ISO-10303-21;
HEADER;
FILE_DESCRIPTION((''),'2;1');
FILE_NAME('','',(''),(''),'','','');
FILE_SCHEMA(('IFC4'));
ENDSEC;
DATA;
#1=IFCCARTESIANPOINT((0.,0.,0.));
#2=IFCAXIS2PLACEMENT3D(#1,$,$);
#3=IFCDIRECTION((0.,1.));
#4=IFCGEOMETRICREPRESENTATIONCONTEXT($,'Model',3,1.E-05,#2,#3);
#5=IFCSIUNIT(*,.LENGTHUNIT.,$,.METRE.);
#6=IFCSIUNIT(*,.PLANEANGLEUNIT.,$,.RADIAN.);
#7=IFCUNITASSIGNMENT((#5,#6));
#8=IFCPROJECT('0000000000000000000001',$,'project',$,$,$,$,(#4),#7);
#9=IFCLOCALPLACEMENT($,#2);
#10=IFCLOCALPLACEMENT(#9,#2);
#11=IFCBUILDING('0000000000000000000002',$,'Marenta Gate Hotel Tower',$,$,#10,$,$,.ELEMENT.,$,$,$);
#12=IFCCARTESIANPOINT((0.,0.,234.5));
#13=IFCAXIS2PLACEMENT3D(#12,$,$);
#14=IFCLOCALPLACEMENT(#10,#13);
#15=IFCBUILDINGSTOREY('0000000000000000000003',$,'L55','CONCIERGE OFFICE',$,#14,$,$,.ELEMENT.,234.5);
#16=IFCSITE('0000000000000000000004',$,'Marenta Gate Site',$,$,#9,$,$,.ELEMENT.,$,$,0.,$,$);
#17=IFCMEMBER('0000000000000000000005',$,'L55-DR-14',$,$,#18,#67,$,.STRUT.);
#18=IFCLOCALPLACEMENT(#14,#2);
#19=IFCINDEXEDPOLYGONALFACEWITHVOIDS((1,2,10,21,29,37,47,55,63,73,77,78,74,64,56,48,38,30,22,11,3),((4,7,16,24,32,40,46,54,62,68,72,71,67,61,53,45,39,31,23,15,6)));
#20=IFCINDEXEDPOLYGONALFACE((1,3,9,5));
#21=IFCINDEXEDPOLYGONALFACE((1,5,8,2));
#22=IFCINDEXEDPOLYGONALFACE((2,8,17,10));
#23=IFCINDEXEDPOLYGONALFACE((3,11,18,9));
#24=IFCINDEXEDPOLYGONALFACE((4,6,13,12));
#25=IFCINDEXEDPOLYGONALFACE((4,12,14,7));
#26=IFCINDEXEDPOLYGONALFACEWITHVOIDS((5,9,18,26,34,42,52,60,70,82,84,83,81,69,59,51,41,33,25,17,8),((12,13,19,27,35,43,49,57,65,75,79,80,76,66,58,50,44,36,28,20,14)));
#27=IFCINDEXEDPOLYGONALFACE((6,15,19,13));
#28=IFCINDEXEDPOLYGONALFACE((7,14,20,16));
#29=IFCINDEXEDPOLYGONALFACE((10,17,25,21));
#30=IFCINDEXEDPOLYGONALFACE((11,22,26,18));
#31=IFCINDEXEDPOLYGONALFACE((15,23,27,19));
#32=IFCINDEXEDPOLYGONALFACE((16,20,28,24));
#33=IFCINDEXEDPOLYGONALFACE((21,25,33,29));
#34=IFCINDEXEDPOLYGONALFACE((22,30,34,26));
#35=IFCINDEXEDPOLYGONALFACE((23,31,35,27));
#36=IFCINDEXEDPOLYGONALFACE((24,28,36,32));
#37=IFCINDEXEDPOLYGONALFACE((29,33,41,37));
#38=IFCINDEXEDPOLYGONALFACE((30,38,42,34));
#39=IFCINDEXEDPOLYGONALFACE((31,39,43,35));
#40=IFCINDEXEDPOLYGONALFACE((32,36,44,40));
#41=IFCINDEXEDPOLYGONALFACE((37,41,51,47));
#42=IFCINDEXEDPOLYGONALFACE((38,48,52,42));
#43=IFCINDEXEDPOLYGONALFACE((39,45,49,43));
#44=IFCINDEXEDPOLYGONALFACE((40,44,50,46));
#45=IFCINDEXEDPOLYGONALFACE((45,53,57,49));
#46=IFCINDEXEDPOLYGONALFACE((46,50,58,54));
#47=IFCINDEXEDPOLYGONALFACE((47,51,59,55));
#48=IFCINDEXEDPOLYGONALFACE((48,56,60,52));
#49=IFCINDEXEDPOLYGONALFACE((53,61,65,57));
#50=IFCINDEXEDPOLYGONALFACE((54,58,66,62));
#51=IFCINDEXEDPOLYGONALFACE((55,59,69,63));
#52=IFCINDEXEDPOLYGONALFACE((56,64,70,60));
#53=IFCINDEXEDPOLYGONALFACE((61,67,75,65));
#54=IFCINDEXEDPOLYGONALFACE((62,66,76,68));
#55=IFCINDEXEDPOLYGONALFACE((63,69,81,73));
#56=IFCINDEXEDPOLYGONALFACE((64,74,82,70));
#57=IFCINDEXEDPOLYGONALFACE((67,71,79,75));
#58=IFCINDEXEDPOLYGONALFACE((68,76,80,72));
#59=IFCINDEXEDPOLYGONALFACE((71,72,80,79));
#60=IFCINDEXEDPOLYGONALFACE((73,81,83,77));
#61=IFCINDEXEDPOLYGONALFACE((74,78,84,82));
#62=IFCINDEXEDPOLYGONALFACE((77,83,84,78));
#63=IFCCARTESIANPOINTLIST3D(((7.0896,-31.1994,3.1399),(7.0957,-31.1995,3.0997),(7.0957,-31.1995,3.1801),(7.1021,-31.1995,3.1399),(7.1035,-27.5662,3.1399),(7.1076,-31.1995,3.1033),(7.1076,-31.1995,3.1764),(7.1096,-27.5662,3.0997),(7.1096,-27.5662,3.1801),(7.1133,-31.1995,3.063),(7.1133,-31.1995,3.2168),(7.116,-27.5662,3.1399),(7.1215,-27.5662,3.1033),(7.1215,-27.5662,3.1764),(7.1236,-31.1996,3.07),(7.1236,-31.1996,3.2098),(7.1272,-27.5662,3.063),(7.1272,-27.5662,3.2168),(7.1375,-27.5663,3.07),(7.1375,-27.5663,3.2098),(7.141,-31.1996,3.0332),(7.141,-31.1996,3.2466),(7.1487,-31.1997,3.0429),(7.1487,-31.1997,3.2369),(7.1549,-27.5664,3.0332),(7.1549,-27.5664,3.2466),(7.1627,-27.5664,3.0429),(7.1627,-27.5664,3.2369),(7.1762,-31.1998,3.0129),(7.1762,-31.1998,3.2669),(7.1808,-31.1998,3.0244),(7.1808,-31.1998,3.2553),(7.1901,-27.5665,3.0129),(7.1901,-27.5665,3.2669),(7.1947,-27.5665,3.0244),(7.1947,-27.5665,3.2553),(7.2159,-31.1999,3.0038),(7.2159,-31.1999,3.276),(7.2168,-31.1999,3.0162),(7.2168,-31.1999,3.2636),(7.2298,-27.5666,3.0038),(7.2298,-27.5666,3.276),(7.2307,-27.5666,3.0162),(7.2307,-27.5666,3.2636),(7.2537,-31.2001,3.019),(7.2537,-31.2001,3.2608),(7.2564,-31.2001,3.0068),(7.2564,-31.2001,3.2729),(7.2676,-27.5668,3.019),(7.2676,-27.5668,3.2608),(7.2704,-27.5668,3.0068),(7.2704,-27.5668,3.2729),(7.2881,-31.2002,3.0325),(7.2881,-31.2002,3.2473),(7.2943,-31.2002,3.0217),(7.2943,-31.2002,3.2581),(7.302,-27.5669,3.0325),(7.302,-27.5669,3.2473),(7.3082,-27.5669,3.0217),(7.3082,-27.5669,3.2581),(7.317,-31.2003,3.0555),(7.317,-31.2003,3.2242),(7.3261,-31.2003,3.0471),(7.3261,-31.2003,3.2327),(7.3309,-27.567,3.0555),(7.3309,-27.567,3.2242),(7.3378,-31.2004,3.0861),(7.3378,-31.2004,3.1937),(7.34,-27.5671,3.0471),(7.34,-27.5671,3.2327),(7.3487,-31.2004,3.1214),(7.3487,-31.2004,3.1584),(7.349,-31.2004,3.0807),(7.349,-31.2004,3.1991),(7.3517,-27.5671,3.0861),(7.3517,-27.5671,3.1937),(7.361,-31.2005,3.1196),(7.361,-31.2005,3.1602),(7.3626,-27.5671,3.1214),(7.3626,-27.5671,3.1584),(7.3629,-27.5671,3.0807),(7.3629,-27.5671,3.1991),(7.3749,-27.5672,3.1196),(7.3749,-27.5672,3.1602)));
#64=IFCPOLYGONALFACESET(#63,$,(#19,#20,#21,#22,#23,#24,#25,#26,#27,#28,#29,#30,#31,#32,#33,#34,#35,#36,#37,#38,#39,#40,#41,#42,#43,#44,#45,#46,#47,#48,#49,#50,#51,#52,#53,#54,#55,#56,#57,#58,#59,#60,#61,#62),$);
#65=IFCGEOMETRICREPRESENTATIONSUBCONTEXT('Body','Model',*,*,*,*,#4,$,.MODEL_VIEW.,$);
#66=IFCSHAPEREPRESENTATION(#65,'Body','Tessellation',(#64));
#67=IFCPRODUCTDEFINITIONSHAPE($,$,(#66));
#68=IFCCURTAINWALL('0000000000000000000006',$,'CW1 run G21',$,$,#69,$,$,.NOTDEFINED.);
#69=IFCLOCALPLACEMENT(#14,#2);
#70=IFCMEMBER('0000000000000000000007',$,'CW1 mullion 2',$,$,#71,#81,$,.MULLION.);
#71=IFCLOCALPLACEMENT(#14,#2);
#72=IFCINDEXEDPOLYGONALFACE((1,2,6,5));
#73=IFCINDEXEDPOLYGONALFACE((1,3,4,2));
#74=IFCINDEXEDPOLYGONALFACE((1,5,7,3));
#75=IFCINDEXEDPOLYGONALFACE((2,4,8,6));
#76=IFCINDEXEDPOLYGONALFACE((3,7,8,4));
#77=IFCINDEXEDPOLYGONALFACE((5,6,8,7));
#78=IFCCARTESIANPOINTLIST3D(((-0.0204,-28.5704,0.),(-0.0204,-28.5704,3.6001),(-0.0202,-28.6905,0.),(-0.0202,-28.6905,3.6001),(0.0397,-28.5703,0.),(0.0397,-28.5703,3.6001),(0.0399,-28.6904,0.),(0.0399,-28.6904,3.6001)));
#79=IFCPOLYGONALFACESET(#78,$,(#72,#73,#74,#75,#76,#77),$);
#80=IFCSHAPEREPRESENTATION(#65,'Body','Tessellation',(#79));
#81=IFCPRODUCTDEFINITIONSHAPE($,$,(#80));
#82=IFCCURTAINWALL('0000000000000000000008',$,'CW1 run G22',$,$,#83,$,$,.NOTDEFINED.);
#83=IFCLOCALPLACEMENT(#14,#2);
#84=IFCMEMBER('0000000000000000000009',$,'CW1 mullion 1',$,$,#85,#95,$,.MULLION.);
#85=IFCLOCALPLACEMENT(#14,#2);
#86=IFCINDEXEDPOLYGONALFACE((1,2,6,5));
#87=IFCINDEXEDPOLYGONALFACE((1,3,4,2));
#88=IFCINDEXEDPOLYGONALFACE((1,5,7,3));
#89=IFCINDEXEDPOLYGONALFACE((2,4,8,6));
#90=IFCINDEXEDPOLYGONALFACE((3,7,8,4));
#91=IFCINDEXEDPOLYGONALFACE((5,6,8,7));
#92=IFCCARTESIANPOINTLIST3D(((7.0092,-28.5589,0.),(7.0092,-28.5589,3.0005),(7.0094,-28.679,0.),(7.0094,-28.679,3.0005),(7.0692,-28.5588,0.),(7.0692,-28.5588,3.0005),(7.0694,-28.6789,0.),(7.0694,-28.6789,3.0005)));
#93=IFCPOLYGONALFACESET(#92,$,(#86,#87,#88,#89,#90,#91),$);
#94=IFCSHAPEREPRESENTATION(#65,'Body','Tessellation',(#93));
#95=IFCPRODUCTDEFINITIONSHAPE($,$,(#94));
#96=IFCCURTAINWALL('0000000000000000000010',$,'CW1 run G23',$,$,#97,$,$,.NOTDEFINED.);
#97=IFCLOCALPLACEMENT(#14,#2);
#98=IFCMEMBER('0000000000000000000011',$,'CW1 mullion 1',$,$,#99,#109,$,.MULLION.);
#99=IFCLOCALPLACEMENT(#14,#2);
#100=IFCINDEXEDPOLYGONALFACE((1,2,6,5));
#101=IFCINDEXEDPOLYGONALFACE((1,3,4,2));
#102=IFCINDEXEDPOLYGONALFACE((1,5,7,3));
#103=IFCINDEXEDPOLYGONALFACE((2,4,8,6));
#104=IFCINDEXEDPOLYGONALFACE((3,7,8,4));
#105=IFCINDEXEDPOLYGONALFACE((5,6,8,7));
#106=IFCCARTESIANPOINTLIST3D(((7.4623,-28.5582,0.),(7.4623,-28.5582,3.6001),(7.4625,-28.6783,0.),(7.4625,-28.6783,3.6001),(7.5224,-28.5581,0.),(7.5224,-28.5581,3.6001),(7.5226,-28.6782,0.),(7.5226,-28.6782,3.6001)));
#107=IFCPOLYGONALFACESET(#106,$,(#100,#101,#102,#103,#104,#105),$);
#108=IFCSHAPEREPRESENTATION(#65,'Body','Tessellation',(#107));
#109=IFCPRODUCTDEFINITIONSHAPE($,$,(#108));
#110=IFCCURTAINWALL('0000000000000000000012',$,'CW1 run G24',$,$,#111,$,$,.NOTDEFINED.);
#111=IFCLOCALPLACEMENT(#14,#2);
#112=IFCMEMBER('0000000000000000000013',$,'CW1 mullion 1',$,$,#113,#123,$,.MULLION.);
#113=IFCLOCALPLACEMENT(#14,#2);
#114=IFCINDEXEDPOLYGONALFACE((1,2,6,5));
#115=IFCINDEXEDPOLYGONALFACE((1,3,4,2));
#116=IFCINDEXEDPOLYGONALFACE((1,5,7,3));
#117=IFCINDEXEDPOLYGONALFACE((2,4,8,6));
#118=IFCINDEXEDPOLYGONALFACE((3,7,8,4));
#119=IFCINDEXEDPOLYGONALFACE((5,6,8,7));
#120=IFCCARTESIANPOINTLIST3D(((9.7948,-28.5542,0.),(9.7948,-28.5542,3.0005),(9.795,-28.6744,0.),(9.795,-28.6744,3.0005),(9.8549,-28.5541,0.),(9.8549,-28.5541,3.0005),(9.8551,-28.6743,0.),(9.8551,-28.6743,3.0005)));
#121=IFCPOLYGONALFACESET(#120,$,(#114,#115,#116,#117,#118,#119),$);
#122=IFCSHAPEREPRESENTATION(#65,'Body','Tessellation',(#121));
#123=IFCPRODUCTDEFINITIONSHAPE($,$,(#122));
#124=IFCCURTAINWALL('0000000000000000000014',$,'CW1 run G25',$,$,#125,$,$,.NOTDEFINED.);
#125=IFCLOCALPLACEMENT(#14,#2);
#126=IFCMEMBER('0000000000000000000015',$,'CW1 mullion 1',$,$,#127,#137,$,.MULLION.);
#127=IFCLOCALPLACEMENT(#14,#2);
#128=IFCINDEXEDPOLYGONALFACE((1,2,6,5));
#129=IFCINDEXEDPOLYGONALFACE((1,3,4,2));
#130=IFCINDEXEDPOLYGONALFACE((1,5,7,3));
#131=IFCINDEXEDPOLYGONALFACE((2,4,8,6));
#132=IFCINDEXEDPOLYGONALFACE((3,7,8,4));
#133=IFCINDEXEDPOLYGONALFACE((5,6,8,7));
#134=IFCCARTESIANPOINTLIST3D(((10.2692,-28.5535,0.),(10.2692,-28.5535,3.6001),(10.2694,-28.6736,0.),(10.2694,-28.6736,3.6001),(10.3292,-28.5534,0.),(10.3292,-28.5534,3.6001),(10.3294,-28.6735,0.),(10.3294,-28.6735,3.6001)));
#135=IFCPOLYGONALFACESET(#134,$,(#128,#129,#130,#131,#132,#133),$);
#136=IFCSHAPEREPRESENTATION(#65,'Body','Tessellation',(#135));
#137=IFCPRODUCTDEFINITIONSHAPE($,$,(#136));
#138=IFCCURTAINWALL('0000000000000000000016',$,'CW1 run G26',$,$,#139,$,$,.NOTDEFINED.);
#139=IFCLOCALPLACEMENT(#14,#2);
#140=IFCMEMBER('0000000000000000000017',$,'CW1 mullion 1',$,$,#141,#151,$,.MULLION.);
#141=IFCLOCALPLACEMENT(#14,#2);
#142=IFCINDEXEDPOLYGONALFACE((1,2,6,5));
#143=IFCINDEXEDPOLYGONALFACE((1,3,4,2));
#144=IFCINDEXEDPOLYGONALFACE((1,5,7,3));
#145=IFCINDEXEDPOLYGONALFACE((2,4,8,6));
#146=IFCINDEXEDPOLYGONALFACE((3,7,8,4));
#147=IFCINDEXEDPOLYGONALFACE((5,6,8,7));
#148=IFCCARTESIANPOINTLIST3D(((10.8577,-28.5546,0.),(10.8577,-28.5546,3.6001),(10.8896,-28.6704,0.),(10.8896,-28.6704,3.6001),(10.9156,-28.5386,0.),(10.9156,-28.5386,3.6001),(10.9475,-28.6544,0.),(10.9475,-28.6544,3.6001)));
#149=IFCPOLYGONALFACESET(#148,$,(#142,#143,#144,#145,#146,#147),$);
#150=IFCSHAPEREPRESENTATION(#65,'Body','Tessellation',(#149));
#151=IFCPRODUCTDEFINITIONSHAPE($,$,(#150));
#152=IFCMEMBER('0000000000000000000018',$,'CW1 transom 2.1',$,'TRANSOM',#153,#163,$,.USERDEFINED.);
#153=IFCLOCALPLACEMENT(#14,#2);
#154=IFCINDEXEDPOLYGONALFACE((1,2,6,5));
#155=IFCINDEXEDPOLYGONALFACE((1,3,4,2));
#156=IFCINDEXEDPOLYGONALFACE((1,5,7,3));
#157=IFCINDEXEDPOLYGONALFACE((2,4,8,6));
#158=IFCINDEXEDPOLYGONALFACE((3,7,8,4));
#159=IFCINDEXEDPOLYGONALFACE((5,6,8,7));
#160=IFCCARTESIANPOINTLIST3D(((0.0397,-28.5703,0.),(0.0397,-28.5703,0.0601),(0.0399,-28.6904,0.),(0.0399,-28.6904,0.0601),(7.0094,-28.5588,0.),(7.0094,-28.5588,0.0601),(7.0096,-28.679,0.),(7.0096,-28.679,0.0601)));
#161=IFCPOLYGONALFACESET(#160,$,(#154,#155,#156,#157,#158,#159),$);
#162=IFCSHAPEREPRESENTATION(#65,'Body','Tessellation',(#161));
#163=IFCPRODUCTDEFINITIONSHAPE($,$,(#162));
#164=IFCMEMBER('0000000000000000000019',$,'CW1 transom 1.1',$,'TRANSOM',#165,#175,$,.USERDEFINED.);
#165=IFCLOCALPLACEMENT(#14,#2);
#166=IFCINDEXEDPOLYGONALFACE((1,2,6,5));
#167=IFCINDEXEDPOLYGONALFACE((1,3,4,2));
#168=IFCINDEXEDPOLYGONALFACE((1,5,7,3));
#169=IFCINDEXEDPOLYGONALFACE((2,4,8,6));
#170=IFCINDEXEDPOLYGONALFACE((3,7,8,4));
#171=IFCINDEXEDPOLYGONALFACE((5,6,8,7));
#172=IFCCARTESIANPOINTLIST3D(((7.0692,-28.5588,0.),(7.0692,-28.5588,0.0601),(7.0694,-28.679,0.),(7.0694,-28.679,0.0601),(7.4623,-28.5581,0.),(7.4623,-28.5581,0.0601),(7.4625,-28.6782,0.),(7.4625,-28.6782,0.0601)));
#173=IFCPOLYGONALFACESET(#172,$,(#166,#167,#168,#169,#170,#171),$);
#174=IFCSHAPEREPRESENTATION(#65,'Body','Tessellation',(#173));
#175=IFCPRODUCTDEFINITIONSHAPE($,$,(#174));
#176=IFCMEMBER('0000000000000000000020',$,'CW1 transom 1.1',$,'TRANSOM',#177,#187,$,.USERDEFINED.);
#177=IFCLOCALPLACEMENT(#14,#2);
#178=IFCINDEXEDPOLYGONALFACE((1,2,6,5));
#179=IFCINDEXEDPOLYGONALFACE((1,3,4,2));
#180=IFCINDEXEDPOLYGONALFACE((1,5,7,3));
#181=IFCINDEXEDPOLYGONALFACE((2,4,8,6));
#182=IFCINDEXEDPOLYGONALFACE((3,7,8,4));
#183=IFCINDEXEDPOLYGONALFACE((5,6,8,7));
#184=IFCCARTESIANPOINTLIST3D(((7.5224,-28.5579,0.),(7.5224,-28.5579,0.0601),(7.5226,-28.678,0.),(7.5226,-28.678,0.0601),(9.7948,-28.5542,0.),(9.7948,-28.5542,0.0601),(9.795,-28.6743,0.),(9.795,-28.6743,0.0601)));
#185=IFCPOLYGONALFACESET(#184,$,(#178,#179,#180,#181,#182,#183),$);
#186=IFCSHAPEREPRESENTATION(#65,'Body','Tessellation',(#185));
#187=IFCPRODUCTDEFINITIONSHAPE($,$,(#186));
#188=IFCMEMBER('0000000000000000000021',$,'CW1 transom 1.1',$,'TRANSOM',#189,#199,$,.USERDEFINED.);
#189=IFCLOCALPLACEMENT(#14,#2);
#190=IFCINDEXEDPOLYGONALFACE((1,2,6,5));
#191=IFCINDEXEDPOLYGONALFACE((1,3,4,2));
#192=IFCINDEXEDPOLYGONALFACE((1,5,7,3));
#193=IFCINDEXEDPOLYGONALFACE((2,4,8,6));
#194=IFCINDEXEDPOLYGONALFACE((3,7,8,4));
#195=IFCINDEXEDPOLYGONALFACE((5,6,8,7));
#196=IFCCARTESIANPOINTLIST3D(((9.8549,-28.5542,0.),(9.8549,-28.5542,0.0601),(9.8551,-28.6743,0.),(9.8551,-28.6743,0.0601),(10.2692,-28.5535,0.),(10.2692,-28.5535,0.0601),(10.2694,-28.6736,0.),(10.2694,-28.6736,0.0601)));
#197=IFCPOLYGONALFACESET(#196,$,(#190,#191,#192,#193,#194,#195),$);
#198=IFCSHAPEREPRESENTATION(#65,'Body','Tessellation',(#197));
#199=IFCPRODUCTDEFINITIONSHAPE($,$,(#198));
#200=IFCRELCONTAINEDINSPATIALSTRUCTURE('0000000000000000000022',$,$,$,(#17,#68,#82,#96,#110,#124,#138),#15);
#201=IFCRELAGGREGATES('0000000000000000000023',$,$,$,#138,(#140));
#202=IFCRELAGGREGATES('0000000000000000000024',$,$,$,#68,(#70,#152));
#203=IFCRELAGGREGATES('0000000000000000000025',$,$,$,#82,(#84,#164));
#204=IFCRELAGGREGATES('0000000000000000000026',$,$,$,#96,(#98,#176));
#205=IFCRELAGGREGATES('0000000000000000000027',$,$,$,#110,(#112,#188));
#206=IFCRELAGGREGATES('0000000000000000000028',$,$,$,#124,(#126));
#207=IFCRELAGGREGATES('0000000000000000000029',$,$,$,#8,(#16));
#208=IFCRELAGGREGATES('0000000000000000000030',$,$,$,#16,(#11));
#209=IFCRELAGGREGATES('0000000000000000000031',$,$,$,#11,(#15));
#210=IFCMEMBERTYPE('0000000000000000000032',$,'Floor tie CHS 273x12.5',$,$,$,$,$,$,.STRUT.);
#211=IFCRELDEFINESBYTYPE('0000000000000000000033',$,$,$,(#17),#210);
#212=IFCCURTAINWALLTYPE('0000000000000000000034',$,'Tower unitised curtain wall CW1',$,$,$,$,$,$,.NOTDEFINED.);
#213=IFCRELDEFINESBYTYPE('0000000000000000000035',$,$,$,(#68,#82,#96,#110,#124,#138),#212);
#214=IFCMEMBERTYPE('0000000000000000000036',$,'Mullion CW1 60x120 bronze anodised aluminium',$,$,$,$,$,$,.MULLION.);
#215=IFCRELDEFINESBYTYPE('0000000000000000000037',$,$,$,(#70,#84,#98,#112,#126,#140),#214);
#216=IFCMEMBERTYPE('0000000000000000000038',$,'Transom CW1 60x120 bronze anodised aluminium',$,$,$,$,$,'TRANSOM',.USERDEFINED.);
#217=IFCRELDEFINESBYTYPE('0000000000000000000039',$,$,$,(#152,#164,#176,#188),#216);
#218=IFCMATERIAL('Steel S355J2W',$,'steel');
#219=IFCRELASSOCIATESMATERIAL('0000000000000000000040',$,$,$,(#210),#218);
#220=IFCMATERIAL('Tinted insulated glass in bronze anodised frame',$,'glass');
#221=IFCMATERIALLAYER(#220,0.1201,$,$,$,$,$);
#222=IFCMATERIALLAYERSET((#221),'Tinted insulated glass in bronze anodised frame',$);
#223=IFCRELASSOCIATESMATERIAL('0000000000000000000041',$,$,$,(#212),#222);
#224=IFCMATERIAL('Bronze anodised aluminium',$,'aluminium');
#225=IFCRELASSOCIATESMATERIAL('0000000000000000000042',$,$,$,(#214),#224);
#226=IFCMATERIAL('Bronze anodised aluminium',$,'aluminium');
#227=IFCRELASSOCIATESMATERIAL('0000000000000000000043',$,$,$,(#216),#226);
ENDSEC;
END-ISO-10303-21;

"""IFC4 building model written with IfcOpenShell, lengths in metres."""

from ifc_helpers import new_model, si_unit, direction, frame, origin, origin_2d, place, context, subcontext, project, spatial, rectangle, hollow_circle, extrude, material, layer, layer_set, material_profile, profile_set, type_object, element, aggregate, save


model = new_model("IFC4")

# Units and contexts
model_context = context("Model", 3, precision=1e-05, world=origin(), true_north=direction((0.0, 1.0)))
body_context = subcontext(model_context, "Body", "Model", "MODEL_VIEW")
ifc_project = project(units=[si_unit("LENGTHUNIT", "METRE"), si_unit("PLANEANGLEUNIT", "RADIAN")], contexts=[model_context])

# Site, building, storey
site_placement = place(None, origin())
site = spatial("IfcSite", under=ifc_project, at=site_placement, Name="Marenta Gate Site", CompositionType="ELEMENT", RefElevation=0.0)
building_placement = place(site_placement, origin())
building = spatial("IfcBuilding", under=site, at=building_placement, Name="Marenta Gate Hotel Tower", CompositionType="ELEMENT")
storey_placement = place(building_placement, frame((0.0, 0.0, 234.5)))
storey = spatial("IfcBuildingStorey", under=building, at=storey_placement, Name="L55", Description="CONCIERGE OFFICE", CompositionType="ELEMENT", Elevation=234.5)

# Member
ifc_material_1 = material(Name="Steel S355J2W", Category="steel")
ifc_material_profile_1 = material_profile(ifc_material_1, hollow_circle(Radius=0.1365, WallThickness=0.0125, at=origin_2d()), Name="CHS 273x12.5")
ifc_profile_set_1 = profile_set([ifc_material_profile_1], Name="Steel S355J2W")
member_type_1 = type_object("IfcMemberType", Name="Floor tie CHS 273x12.5", PredefinedType="STRUT", material=ifc_profile_set_1)
member_1_placement = place(storey_placement, frame((7.2261, -31.2, 3.1399), z_axis=(0.00383, 0.999993, 0.0), x_axis=(-0.999993, 0.00383, 0.0)))
element("IfcMember", 1, at=member_1_placement, inside=storey, type_object=member_type_1, Name="L55-DR-14", PredefinedType="STRUT", context=body_context, shape_type="SweptSolid", body=[
    extrude(hollow_circle(Radius=0.1365, WallThickness=0.0125, at=origin_2d()), origin(), (0.0, 0.0, 1.0), 3.6333),
])

# Curtain walls, members
ifc_material_2 = material(Name="Tinted insulated glass in bronze anodised frame", Category="glass")
ifc_layer_1 = layer(ifc_material_2, 0.1201)
ifc_layer_set_1 = layer_set([ifc_layer_1], Name="Tinted insulated glass in bronze anodised frame")
curtain_wall_type = type_object("IfcCurtainWallType", Name="Tower unitised curtain wall CW1", PredefinedType="NOTDEFINED", material=ifc_layer_set_1)
curtain_wall_1_placement = place(storey_placement, origin())
curtain_wall_1 = element("IfcCurtainWall", 2, at=curtain_wall_1_placement, inside=storey, type_object=curtain_wall_type, Name="CW1 run G21", PredefinedType="NOTDEFINED")
ifc_material_3 = material(Name="Bronze anodised aluminium", Category="aluminium")
ifc_material_profile_2 = material_profile(ifc_material_3, rectangle(XDim=0.1201, YDim=0.0601, at=origin_2d()), Name="Mullion CW1 60x120 bronze anodised aluminium")
ifc_profile_set_2 = profile_set([ifc_material_profile_2], Name="Bronze anodised aluminium")
member_type_2 = type_object("IfcMemberType", Name="Mullion CW1 60x120 bronze anodised aluminium", PredefinedType="MULLION", material=ifc_profile_set_2)
member_2_placement = place(storey_placement, frame((0.0098, -28.6304, 0.0), z_axis=(0.0, 0.0, 1.0), x_axis=(-0.001636, 0.999999, 0.0)))
member_2 = element("IfcMember", 3, at=member_2_placement, type_object=member_type_2, Name="CW1 mullion 2", PredefinedType="MULLION", context=body_context, shape_type="SweptSolid", body=[
    extrude(rectangle(XDim=0.1201, YDim=0.0601, at=origin_2d()), origin(), (0.0, 0.0, 1.0), 3.6001),
])
curtain_wall_2_placement = place(storey_placement, origin())
curtain_wall_2 = element("IfcCurtainWall", 4, at=curtain_wall_2_placement, inside=storey, type_object=curtain_wall_type, Name="CW1 run G22", PredefinedType="NOTDEFINED")
member_3_placement = place(storey_placement, frame((7.0393, -28.6189, 0.0), z_axis=(0.0, 0.0, 1.0), x_axis=(-0.001766, 0.999998, 0.0)))
member_3 = element("IfcMember", 5, at=member_3_placement, type_object=member_type_2, Name="CW1 mullion 1", PredefinedType="MULLION", context=body_context, shape_type="SweptSolid", body=[
    extrude(rectangle(XDim=0.1201, YDim=0.0601, at=origin_2d()), origin(), (0.0, 0.0, 1.0), 3.0005),
])
curtain_wall_3_placement = place(storey_placement, origin())
curtain_wall_3 = element("IfcCurtainWall", 6, at=curtain_wall_3_placement, inside=storey, type_object=curtain_wall_type, Name="CW1 run G23", PredefinedType="NOTDEFINED")
member_4_placement = place(storey_placement, frame((7.4924, -28.6182, 0.0), z_axis=(0.0, 0.0, 1.0), x_axis=(-0.001629, 0.999999, 0.0)))
member_4 = element("IfcMember", 7, at=member_4_placement, type_object=member_type_2, Name="CW1 mullion 1", PredefinedType="MULLION", context=body_context, shape_type="SweptSolid", body=[
    extrude(rectangle(XDim=0.1201, YDim=0.0601, at=origin_2d()), origin(), (0.0, 0.0, 1.0), 3.6001),
])
curtain_wall_4_placement = place(storey_placement, origin())
curtain_wall_4 = element("IfcCurtainWall", 8, at=curtain_wall_4_placement, inside=storey, type_object=curtain_wall_type, Name="CW1 run G24", PredefinedType="NOTDEFINED")
member_5_placement = place(storey_placement, frame((9.825, -28.6143, 0.0), z_axis=(0.0, 0.0, 1.0), x_axis=(-0.001687, 0.999999, 0.0)))
member_5 = element("IfcMember", 9, at=member_5_placement, type_object=member_type_2, Name="CW1 mullion 1", PredefinedType="MULLION", context=body_context, shape_type="SweptSolid", body=[
    extrude(rectangle(XDim=0.1201, YDim=0.0601, at=origin_2d()), origin(), (0.0, 0.0, 1.0), 3.0005),
])
curtain_wall_5_placement = place(storey_placement, origin())
curtain_wall_5 = element("IfcCurtainWall", 10, at=curtain_wall_5_placement, inside=storey, type_object=curtain_wall_type, Name="CW1 run G25", PredefinedType="NOTDEFINED")
member_6_placement = place(storey_placement, frame((10.2993, -28.6135, 0.0), z_axis=(0.0, 0.0, 1.0), x_axis=(-0.001654, 0.999999, 0.0)))
member_6 = element("IfcMember", 11, at=member_6_placement, type_object=member_type_2, Name="CW1 mullion 1", PredefinedType="MULLION", context=body_context, shape_type="SweptSolid", body=[
    extrude(rectangle(XDim=0.1201, YDim=0.0601, at=origin_2d()), origin(), (0.0, 0.0, 1.0), 3.6001),
])
curtain_wall_6_placement = place(storey_placement, origin())
curtain_wall_6 = element("IfcCurtainWall", 12, at=curtain_wall_6_placement, inside=storey, type_object=curtain_wall_type, Name="CW1 run G26", PredefinedType="NOTDEFINED")
member_7_placement = place(storey_placement, frame((10.9026, -28.6045, 0.0), z_axis=(0.0, 0.0, 1.0), x_axis=(-0.265294, 0.964168, 0.0)))
member_7 = element("IfcMember", 13, at=member_7_placement, type_object=member_type_2, Name="CW1 mullion 1", PredefinedType="MULLION", context=body_context, shape_type="SweptSolid", body=[
    extrude(rectangle(XDim=0.1201, YDim=0.0601, at=origin_2d()), origin(), (0.0, 0.0, 1.0), 3.6001),
])

# Members
ifc_material_4 = material(Name="Bronze anodised aluminium", Category="aluminium")
ifc_material_profile_3 = material_profile(ifc_material_4, rectangle(XDim=0.1201, YDim=0.0601, at=origin_2d()), Name="Transom CW1 60x120 bronze anodised aluminium")
ifc_profile_set_3 = profile_set([ifc_material_profile_3], Name="Bronze anodised aluminium")
member_type_3 = type_object("IfcMemberType", Name="Transom CW1 60x120 bronze anodised aluminium", ElementType="TRANSOM", PredefinedType="USERDEFINED", material=ifc_profile_set_3)
member_8_placement = place(storey_placement, frame((0.0398, -28.6304, 0.03), z_axis=(0.999999, 0.001646, 0.0), x_axis=(-0.001646, 0.999999, 0.0)))
member_8 = element("IfcMember", 14, at=member_8_placement, type_object=member_type_3, Name="CW1 transom 2.1", ObjectType="TRANSOM", PredefinedType="USERDEFINED", context=body_context, shape_type="SweptSolid", body=[
    extrude(rectangle(XDim=0.1201, YDim=0.0601, at=origin_2d()), origin(), (0.0, 0.0, 1.0), 6.9697),
])
member_9_placement = place(storey_placement, frame((7.0693, -28.6189, 0.03), z_axis=(0.999998, 0.001863, 0.0), x_axis=(-0.001863, 0.999998, 0.0)))
member_9 = element("IfcMember", 15, at=member_9_placement, type_object=member_type_3, Name="CW1 transom 1.1", ObjectType="TRANSOM", PredefinedType="USERDEFINED", context=body_context, shape_type="SweptSolid", body=[
    extrude(rectangle(XDim=0.1201, YDim=0.0601, at=origin_2d()), origin(), (0.0, 0.0, 1.0), 0.3931),
])
member_10_placement = place(storey_placement, frame((7.5225, -28.6179, 0.03), z_axis=(0.999999, 0.001612, 0.0), x_axis=(-0.001612, 0.999999, 0.0)))
member_10 = element("IfcMember", 16, at=member_10_placement, type_object=member_type_3, Name="CW1 transom 1.1", ObjectType="TRANSOM", PredefinedType="USERDEFINED", context=body_context, shape_type="SweptSolid", body=[
    extrude(rectangle(XDim=0.1201, YDim=0.0601, at=origin_2d()), origin(), (0.0, 0.0, 1.0), 2.2725),
])
member_11_placement = place(storey_placement, frame((9.855, -28.6143, 0.03), z_axis=(0.999998, 0.001768, 0.0), x_axis=(-0.001768, 0.999998, 0.0)))
member_11 = element("IfcMember", 17, at=member_11_placement, type_object=member_type_3, Name="CW1 transom 1.1", ObjectType="TRANSOM", PredefinedType="USERDEFINED", context=body_context, shape_type="SweptSolid", body=[
    extrude(rectangle(XDim=0.1201, YDim=0.0601, at=origin_2d()), origin(), (0.0, 0.0, 1.0), 0.4143),
])
aggregate(curtain_wall_6, [member_7])

aggregate(curtain_wall_1, [member_2, member_8])
aggregate(curtain_wall_2, [member_3, member_9])
aggregate(curtain_wall_3, [member_4, member_10])
aggregate(curtain_wall_4, [member_5, member_11])
aggregate(curtain_wall_5, [member_6])

save(model, "model.ifc")
